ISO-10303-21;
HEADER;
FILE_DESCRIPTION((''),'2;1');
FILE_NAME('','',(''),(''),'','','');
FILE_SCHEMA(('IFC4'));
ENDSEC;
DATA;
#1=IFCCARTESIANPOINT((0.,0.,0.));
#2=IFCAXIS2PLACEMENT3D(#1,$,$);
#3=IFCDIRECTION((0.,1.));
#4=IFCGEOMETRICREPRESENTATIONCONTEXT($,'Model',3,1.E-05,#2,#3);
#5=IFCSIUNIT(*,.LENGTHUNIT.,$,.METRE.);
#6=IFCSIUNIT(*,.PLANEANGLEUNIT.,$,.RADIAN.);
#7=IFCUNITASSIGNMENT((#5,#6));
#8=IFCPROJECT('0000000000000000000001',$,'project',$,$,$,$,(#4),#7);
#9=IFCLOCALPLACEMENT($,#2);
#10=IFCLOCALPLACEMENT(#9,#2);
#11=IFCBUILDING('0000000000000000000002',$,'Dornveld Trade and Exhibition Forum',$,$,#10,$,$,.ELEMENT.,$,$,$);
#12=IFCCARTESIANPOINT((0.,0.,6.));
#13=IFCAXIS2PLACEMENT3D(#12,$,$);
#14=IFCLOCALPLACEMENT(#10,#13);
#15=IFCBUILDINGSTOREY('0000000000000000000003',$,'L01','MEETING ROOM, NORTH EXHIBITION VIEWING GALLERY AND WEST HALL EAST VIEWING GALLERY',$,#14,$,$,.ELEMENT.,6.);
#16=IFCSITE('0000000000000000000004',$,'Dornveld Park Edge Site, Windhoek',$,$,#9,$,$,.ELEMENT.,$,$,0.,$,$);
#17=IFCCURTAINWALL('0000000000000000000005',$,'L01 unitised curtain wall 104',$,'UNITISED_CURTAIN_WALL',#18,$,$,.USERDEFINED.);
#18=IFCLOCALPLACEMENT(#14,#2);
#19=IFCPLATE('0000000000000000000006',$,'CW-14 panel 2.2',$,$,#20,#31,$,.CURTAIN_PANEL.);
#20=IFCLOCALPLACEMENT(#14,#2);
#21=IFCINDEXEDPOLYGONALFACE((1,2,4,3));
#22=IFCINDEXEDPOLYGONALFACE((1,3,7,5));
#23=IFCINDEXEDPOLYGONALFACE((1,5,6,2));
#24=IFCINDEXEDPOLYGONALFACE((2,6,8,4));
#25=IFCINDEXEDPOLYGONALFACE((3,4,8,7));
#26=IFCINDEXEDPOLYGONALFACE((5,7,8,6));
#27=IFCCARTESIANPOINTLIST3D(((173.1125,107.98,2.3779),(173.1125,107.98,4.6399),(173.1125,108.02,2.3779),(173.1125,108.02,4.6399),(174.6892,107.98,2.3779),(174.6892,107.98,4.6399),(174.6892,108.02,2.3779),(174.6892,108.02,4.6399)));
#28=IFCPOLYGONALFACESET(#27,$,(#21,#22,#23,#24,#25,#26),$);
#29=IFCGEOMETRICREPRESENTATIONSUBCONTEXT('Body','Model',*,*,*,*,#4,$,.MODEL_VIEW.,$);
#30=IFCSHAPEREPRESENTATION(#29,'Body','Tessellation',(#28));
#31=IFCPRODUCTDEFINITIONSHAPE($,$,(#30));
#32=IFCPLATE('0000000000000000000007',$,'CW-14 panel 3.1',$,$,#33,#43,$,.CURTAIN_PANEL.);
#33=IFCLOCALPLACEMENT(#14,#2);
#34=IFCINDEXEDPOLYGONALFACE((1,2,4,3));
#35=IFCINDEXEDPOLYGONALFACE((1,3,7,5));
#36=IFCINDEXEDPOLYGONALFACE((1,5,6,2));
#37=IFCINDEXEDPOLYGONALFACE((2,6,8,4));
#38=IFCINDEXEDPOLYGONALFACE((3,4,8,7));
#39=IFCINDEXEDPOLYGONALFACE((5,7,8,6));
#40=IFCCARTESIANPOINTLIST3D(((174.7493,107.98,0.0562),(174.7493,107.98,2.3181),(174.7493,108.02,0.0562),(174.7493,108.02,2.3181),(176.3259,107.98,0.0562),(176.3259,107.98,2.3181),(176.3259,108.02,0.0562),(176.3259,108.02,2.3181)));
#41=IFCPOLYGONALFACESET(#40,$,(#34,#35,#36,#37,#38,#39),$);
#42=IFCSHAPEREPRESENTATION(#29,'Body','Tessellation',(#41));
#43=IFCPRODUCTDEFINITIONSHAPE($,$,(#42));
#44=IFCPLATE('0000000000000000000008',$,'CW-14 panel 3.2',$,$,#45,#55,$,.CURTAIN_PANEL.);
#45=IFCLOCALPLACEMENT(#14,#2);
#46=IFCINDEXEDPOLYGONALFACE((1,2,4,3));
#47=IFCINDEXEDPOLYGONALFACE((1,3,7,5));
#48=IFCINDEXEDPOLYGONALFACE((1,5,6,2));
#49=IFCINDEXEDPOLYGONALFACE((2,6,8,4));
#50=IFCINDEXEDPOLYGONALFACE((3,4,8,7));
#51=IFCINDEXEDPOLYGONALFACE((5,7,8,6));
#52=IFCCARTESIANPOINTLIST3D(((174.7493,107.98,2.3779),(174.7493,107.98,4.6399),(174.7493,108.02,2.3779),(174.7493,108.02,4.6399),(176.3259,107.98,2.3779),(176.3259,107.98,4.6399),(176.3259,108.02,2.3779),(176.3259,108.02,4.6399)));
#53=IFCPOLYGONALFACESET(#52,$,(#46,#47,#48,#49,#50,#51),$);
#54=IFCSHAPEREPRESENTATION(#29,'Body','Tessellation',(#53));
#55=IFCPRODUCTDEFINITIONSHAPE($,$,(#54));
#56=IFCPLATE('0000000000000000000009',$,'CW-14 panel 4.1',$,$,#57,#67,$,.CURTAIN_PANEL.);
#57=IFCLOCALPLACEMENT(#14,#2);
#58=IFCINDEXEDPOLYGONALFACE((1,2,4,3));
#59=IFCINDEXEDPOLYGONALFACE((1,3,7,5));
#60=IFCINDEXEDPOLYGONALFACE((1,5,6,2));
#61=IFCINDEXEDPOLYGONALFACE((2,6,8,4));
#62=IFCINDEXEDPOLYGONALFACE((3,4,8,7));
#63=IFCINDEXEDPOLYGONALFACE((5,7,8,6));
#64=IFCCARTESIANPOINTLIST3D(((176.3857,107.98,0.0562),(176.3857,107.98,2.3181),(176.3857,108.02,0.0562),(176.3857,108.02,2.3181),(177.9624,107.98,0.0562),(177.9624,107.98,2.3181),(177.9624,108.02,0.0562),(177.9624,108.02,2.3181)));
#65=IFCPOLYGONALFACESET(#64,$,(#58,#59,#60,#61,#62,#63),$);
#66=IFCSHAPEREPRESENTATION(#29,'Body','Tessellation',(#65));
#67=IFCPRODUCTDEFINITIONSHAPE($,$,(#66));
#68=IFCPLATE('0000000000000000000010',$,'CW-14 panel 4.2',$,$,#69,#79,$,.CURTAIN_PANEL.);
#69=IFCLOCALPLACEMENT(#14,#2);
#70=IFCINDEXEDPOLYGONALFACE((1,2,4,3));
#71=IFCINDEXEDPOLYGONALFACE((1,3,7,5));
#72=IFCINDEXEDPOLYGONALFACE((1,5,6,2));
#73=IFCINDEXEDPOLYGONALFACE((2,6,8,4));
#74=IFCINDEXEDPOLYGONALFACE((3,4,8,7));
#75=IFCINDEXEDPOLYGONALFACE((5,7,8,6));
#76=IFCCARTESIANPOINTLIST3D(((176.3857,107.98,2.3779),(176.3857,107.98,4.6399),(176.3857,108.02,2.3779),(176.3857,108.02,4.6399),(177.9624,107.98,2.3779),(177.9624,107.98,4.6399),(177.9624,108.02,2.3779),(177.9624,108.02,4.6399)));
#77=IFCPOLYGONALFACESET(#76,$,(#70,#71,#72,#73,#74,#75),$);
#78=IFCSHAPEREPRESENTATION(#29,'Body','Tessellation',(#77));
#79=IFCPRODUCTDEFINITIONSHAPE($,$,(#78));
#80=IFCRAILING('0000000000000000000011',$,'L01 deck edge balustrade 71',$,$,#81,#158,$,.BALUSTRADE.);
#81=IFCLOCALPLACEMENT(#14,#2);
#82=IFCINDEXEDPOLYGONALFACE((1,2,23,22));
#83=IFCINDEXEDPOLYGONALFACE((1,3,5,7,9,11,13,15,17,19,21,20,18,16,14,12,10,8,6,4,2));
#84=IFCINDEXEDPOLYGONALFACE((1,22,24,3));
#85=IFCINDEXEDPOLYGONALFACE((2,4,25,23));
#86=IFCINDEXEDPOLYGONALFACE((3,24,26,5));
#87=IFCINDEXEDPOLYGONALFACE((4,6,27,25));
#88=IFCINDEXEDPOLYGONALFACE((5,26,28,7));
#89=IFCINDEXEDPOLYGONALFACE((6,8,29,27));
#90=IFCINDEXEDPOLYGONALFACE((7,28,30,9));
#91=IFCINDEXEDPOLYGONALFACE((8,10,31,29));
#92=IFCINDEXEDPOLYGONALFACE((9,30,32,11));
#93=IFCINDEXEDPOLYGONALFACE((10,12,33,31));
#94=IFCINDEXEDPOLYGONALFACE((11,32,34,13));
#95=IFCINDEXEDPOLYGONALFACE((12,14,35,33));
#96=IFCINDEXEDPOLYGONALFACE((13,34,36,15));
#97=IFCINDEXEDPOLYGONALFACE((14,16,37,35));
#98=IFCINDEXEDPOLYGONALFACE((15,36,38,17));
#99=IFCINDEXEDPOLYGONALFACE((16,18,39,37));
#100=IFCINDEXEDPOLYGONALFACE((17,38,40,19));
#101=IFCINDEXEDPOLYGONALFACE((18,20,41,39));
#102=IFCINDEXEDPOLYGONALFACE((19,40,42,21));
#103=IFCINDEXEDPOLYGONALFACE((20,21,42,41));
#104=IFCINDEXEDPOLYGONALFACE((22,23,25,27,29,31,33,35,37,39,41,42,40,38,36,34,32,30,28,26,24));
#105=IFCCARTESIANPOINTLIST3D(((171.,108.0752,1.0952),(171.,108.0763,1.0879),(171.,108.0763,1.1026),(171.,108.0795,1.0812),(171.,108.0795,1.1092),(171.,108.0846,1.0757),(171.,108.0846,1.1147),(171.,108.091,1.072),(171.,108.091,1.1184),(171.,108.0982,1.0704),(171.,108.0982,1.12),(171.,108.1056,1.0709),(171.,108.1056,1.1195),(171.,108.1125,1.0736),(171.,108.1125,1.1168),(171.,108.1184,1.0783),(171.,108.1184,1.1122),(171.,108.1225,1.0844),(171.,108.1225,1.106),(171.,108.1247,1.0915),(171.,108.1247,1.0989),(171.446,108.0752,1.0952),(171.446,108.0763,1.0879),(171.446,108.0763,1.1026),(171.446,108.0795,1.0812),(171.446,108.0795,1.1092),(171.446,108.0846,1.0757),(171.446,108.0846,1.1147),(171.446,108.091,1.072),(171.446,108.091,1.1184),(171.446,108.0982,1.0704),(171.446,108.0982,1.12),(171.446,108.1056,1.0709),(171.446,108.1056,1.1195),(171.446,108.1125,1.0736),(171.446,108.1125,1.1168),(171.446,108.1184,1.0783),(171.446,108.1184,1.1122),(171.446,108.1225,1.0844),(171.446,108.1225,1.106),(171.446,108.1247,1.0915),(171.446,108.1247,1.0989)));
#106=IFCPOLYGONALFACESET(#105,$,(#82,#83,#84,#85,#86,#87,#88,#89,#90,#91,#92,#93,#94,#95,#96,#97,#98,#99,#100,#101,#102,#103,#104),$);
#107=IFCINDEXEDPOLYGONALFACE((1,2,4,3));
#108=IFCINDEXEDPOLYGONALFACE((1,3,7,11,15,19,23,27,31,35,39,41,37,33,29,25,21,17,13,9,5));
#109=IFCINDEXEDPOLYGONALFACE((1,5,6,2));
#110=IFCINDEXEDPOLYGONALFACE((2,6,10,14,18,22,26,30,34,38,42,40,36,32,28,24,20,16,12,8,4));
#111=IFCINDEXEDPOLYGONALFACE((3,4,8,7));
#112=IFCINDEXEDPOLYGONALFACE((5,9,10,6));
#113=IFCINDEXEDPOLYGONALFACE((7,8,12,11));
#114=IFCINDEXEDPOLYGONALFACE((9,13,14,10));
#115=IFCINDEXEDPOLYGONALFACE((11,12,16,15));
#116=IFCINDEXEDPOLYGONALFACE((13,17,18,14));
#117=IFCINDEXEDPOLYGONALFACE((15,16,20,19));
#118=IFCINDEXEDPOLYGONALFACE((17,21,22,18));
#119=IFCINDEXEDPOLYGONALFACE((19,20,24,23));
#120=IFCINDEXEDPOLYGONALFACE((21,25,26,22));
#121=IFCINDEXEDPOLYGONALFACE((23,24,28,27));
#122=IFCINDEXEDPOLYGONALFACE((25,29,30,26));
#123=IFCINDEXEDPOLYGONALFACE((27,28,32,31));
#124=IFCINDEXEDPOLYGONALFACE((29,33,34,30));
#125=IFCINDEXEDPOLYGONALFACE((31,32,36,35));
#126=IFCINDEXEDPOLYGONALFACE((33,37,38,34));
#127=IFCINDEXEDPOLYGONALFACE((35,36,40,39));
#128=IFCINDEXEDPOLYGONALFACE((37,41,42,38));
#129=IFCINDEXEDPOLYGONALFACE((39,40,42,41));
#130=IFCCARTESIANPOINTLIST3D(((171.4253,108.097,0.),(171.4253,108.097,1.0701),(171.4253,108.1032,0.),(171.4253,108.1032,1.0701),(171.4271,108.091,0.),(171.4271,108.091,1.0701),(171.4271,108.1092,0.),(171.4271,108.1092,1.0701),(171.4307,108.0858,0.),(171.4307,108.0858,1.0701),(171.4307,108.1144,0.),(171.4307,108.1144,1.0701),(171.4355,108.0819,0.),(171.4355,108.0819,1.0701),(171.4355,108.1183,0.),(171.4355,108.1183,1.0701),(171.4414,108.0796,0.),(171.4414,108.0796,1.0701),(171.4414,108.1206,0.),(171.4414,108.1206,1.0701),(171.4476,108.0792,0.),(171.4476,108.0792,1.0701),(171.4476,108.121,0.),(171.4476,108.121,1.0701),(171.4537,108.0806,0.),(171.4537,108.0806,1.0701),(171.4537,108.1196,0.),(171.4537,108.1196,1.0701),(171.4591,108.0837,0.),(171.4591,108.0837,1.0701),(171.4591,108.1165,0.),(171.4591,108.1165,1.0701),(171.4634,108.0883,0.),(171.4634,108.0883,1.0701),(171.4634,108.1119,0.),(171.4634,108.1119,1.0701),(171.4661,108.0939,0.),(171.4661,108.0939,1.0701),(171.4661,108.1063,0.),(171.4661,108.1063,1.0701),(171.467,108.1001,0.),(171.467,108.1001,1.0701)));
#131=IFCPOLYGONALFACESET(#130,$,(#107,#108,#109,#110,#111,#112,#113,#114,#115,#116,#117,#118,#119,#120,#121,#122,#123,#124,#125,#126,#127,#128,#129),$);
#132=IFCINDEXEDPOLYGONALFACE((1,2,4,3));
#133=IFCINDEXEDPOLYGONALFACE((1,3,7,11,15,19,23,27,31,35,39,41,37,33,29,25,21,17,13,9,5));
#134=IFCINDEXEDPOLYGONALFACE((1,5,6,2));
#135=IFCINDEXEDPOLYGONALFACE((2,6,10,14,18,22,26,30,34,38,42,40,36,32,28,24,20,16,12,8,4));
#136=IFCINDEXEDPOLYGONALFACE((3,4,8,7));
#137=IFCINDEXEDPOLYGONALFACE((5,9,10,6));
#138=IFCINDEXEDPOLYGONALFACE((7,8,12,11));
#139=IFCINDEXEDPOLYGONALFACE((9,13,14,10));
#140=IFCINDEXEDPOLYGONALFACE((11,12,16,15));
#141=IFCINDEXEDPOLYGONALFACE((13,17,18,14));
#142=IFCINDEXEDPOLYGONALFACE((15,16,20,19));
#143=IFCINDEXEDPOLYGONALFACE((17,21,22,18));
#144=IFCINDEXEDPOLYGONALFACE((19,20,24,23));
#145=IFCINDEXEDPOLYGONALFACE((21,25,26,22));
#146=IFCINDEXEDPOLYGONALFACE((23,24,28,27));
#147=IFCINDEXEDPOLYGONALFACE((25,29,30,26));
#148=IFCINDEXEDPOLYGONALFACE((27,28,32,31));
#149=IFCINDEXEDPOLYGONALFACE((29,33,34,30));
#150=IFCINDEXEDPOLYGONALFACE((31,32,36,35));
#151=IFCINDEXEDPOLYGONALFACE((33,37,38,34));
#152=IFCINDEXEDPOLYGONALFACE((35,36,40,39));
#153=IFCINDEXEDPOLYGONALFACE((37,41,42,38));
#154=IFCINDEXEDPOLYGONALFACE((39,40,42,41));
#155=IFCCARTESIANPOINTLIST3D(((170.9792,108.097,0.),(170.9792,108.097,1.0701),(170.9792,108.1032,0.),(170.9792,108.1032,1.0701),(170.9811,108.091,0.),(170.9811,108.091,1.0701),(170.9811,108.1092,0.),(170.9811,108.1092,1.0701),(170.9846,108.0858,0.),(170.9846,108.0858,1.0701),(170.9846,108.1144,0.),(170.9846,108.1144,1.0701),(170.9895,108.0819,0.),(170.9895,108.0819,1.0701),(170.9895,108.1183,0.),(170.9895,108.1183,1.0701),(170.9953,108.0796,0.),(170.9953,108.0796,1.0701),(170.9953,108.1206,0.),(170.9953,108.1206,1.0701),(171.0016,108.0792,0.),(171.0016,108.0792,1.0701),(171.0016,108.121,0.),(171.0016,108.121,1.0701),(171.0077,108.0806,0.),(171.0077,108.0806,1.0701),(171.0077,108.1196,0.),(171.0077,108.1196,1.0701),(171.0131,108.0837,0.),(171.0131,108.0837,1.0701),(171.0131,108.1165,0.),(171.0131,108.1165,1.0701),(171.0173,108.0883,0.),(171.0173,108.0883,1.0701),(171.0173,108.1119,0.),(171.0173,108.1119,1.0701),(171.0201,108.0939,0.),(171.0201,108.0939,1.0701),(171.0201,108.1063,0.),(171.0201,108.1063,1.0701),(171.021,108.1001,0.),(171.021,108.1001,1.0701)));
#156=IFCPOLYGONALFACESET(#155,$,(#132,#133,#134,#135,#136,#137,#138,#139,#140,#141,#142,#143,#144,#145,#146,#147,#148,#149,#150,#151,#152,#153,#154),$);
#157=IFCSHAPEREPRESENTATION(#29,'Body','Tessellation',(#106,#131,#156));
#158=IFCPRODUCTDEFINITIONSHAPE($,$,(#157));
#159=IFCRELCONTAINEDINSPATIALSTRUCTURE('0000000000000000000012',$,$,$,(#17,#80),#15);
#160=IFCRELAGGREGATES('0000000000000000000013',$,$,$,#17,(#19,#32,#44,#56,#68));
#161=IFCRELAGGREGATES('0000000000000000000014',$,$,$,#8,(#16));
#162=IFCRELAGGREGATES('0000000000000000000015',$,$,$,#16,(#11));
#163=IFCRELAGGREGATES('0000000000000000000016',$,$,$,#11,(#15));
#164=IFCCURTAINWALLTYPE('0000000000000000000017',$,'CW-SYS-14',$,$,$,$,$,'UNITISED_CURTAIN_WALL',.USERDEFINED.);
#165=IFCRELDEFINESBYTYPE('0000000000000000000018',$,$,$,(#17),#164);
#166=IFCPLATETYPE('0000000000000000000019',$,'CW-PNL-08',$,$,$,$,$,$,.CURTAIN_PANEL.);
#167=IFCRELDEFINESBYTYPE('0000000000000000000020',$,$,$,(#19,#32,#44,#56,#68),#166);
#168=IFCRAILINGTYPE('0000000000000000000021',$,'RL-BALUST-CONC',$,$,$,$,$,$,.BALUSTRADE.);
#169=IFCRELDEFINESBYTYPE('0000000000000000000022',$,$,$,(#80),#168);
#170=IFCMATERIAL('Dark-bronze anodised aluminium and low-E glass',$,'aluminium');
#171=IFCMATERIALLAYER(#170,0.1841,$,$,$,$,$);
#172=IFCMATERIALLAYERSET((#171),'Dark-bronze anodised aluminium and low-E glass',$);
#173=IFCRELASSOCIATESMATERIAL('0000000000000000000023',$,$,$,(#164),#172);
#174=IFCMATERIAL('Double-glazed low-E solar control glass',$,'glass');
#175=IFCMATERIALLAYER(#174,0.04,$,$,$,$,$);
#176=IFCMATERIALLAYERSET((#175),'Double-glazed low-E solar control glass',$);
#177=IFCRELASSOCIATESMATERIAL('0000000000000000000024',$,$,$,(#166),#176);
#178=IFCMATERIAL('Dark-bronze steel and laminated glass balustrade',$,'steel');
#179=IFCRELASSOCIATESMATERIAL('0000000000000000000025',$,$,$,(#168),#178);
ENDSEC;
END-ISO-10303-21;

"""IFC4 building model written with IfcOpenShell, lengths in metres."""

from ifc_helpers import new_model, si_unit, direction, frame, origin, origin_2d, place, context, subcontext, project, spatial, rectangle, circle, extrude, material, layer, layer_set, type_object, element, aggregate, save


model = new_model("IFC4")

# Units and contexts
model_context = context("Model", 3, precision=1e-05, world=origin(), true_north=direction((0.0, 1.0)))
body_context = subcontext(model_context, "Body", "Model", "MODEL_VIEW")
ifc_project = project(units=[si_unit("LENGTHUNIT", "METRE"), si_unit("PLANEANGLEUNIT", "RADIAN")], contexts=[model_context])

# Site, building, storey
site_placement = place(None, origin())
site = spatial("IfcSite", under=ifc_project, at=site_placement, Name="Dornveld Park Edge Site, Windhoek", CompositionType="ELEMENT", RefElevation=0.0)
building_placement = place(site_placement, origin())
building = spatial("IfcBuilding", under=site, at=building_placement, Name="Dornveld Trade and Exhibition Forum", CompositionType="ELEMENT")
storey_placement = place(building_placement, frame((0.0, 0.0, 6.0)))
storey = spatial("IfcBuildingStorey", under=building, at=storey_placement, Name="L01", Description="MEETING ROOM, NORTH EXHIBITION VIEWING GALLERY AND WEST HALL EAST VIEWING GALLERY", CompositionType="ELEMENT", Elevation=6.0)

# Curtain wall
ifc_material_1 = material(Name="Dark-bronze anodised aluminium and low-E glass", Category="aluminium")
ifc_layer_1 = layer(ifc_material_1, 0.1841)
ifc_layer_set_1 = layer_set([ifc_layer_1], Name="Dark-bronze anodised aluminium and low-E glass")
curtain_wall_type_1 = type_object("IfcCurtainWallType", Name="CW-SYS-14", ElementType="UNITISED_CURTAIN_WALL", PredefinedType="USERDEFINED", material=ifc_layer_set_1)
curtain_wall_1_placement = place(storey_placement, origin())
curtain_wall_1 = element("IfcCurtainWall", 1, at=curtain_wall_1_placement, inside=storey, type_object=curtain_wall_type_1, Name="L01 unitised curtain wall 104", ObjectType="UNITISED_CURTAIN_WALL", PredefinedType="USERDEFINED")

# Plates
ifc_material_2 = material(Name="Double-glazed low-E solar control glass", Category="glass")
ifc_layer_2 = layer(ifc_material_2, 0.04)
ifc_layer_set_2 = layer_set([ifc_layer_2], Name="Double-glazed low-E solar control glass")
plate_type_1 = type_object("IfcPlateType", Name="CW-PNL-08", PredefinedType="CURTAIN_PANEL", material=ifc_layer_set_2)
plate_1_placement = place(storey_placement, frame((173.9009, 108.0, 2.3779), z_axis=(0.0, 0.0, 1.0), x_axis=(1.0, 0.0, 0.0)))
plate_1 = element("IfcPlate", 2, at=plate_1_placement, type_object=plate_type_1, Name="CW-14 panel 2.2", PredefinedType="CURTAIN_PANEL", context=body_context, shape_type="SweptSolid", body=[
    extrude(rectangle(XDim=1.5767, YDim=0.04, at=origin_2d()), origin(), (0.0, 0.0, 1.0), 2.262),
])
plate_2_placement = place(storey_placement, frame((175.5376, 108.0, 0.0562), z_axis=(0.0, 0.0, 1.0), x_axis=(1.0, 0.0, 0.0)))
plate_2 = element("IfcPlate", 3, at=plate_2_placement, type_object=plate_type_1, Name="CW-14 panel 3.1", PredefinedType="CURTAIN_PANEL", context=body_context, shape_type="SweptSolid", body=[
    extrude(rectangle(XDim=1.5767, YDim=0.04, at=origin_2d()), origin(), (0.0, 0.0, 1.0), 2.262),
])
plate_3_placement = place(storey_placement, frame((175.5376, 108.0, 2.3779), z_axis=(0.0, 0.0, 1.0), x_axis=(1.0, 0.0, 0.0)))
plate_3 = element("IfcPlate", 4, at=plate_3_placement, type_object=plate_type_1, Name="CW-14 panel 3.2", PredefinedType="CURTAIN_PANEL", context=body_context, shape_type="SweptSolid", body=[
    extrude(rectangle(XDim=1.5767, YDim=0.04, at=origin_2d()), origin(), (0.0, 0.0, 1.0), 2.262),
])
plate_4_placement = place(storey_placement, frame((177.1741, 108.0, 0.0562), z_axis=(0.0, 0.0, 1.0), x_axis=(1.0, 0.0, 0.0)))
plate_4 = element("IfcPlate", 5, at=plate_4_placement, type_object=plate_type_1, Name="CW-14 panel 4.1", PredefinedType="CURTAIN_PANEL", context=body_context, shape_type="SweptSolid", body=[
    extrude(rectangle(XDim=1.5767, YDim=0.04, at=origin_2d()), origin(), (0.0, 0.0, 1.0), 2.262),
])
plate_5_placement = place(storey_placement, frame((177.1741, 108.0, 2.3779), z_axis=(0.0, 0.0, 1.0), x_axis=(1.0, 0.0, 0.0)))
plate_5 = element("IfcPlate", 6, at=plate_5_placement, type_object=plate_type_1, Name="CW-14 panel 4.2", PredefinedType="CURTAIN_PANEL", context=body_context, shape_type="SweptSolid", body=[
    extrude(rectangle(XDim=1.5767, YDim=0.04, at=origin_2d()), origin(), (0.0, 0.0, 1.0), 2.262),
])
aggregate(curtain_wall_1, [plate_1, plate_2, plate_3, plate_4, plate_5])

# Railing
ifc_material_3 = material(Name="Dark-bronze steel and laminated glass balustrade", Category="steel")
railing_type = type_object("IfcRailingType", Name="RL-BALUST-CONC", PredefinedType="BALUSTRADE", material=ifc_material_3)
railing_1_placement = place(storey_placement, frame((171.446, 108.1001, 0.0)))
element("IfcRailing", 7, at=railing_1_placement, inside=storey, type_object=railing_type, Name="L01 deck edge balustrade 71", PredefinedType="BALUSTRADE", context=body_context, shape_type="SweptSolid", body=[
    extrude(circle(Radius=0.0249, at=origin_2d()), frame((0.0, 0.0, 1.0952), z_axis=(-1.0, 0.0, 0.0), x_axis=(0.0, -1.0, 0.0)), (0.0, 0.0, 1.0), 0.446),
    extrude(circle(Radius=0.021, at=origin_2d()), origin(), (0.0, 0.0, 1.0), 1.0701),
    extrude(circle(Radius=0.021, at=origin_2d()), frame((-0.446, 0.0, 0.0)), (0.0, 0.0, 1.0), 1.0701),
])

save(model, "model.ifc")
